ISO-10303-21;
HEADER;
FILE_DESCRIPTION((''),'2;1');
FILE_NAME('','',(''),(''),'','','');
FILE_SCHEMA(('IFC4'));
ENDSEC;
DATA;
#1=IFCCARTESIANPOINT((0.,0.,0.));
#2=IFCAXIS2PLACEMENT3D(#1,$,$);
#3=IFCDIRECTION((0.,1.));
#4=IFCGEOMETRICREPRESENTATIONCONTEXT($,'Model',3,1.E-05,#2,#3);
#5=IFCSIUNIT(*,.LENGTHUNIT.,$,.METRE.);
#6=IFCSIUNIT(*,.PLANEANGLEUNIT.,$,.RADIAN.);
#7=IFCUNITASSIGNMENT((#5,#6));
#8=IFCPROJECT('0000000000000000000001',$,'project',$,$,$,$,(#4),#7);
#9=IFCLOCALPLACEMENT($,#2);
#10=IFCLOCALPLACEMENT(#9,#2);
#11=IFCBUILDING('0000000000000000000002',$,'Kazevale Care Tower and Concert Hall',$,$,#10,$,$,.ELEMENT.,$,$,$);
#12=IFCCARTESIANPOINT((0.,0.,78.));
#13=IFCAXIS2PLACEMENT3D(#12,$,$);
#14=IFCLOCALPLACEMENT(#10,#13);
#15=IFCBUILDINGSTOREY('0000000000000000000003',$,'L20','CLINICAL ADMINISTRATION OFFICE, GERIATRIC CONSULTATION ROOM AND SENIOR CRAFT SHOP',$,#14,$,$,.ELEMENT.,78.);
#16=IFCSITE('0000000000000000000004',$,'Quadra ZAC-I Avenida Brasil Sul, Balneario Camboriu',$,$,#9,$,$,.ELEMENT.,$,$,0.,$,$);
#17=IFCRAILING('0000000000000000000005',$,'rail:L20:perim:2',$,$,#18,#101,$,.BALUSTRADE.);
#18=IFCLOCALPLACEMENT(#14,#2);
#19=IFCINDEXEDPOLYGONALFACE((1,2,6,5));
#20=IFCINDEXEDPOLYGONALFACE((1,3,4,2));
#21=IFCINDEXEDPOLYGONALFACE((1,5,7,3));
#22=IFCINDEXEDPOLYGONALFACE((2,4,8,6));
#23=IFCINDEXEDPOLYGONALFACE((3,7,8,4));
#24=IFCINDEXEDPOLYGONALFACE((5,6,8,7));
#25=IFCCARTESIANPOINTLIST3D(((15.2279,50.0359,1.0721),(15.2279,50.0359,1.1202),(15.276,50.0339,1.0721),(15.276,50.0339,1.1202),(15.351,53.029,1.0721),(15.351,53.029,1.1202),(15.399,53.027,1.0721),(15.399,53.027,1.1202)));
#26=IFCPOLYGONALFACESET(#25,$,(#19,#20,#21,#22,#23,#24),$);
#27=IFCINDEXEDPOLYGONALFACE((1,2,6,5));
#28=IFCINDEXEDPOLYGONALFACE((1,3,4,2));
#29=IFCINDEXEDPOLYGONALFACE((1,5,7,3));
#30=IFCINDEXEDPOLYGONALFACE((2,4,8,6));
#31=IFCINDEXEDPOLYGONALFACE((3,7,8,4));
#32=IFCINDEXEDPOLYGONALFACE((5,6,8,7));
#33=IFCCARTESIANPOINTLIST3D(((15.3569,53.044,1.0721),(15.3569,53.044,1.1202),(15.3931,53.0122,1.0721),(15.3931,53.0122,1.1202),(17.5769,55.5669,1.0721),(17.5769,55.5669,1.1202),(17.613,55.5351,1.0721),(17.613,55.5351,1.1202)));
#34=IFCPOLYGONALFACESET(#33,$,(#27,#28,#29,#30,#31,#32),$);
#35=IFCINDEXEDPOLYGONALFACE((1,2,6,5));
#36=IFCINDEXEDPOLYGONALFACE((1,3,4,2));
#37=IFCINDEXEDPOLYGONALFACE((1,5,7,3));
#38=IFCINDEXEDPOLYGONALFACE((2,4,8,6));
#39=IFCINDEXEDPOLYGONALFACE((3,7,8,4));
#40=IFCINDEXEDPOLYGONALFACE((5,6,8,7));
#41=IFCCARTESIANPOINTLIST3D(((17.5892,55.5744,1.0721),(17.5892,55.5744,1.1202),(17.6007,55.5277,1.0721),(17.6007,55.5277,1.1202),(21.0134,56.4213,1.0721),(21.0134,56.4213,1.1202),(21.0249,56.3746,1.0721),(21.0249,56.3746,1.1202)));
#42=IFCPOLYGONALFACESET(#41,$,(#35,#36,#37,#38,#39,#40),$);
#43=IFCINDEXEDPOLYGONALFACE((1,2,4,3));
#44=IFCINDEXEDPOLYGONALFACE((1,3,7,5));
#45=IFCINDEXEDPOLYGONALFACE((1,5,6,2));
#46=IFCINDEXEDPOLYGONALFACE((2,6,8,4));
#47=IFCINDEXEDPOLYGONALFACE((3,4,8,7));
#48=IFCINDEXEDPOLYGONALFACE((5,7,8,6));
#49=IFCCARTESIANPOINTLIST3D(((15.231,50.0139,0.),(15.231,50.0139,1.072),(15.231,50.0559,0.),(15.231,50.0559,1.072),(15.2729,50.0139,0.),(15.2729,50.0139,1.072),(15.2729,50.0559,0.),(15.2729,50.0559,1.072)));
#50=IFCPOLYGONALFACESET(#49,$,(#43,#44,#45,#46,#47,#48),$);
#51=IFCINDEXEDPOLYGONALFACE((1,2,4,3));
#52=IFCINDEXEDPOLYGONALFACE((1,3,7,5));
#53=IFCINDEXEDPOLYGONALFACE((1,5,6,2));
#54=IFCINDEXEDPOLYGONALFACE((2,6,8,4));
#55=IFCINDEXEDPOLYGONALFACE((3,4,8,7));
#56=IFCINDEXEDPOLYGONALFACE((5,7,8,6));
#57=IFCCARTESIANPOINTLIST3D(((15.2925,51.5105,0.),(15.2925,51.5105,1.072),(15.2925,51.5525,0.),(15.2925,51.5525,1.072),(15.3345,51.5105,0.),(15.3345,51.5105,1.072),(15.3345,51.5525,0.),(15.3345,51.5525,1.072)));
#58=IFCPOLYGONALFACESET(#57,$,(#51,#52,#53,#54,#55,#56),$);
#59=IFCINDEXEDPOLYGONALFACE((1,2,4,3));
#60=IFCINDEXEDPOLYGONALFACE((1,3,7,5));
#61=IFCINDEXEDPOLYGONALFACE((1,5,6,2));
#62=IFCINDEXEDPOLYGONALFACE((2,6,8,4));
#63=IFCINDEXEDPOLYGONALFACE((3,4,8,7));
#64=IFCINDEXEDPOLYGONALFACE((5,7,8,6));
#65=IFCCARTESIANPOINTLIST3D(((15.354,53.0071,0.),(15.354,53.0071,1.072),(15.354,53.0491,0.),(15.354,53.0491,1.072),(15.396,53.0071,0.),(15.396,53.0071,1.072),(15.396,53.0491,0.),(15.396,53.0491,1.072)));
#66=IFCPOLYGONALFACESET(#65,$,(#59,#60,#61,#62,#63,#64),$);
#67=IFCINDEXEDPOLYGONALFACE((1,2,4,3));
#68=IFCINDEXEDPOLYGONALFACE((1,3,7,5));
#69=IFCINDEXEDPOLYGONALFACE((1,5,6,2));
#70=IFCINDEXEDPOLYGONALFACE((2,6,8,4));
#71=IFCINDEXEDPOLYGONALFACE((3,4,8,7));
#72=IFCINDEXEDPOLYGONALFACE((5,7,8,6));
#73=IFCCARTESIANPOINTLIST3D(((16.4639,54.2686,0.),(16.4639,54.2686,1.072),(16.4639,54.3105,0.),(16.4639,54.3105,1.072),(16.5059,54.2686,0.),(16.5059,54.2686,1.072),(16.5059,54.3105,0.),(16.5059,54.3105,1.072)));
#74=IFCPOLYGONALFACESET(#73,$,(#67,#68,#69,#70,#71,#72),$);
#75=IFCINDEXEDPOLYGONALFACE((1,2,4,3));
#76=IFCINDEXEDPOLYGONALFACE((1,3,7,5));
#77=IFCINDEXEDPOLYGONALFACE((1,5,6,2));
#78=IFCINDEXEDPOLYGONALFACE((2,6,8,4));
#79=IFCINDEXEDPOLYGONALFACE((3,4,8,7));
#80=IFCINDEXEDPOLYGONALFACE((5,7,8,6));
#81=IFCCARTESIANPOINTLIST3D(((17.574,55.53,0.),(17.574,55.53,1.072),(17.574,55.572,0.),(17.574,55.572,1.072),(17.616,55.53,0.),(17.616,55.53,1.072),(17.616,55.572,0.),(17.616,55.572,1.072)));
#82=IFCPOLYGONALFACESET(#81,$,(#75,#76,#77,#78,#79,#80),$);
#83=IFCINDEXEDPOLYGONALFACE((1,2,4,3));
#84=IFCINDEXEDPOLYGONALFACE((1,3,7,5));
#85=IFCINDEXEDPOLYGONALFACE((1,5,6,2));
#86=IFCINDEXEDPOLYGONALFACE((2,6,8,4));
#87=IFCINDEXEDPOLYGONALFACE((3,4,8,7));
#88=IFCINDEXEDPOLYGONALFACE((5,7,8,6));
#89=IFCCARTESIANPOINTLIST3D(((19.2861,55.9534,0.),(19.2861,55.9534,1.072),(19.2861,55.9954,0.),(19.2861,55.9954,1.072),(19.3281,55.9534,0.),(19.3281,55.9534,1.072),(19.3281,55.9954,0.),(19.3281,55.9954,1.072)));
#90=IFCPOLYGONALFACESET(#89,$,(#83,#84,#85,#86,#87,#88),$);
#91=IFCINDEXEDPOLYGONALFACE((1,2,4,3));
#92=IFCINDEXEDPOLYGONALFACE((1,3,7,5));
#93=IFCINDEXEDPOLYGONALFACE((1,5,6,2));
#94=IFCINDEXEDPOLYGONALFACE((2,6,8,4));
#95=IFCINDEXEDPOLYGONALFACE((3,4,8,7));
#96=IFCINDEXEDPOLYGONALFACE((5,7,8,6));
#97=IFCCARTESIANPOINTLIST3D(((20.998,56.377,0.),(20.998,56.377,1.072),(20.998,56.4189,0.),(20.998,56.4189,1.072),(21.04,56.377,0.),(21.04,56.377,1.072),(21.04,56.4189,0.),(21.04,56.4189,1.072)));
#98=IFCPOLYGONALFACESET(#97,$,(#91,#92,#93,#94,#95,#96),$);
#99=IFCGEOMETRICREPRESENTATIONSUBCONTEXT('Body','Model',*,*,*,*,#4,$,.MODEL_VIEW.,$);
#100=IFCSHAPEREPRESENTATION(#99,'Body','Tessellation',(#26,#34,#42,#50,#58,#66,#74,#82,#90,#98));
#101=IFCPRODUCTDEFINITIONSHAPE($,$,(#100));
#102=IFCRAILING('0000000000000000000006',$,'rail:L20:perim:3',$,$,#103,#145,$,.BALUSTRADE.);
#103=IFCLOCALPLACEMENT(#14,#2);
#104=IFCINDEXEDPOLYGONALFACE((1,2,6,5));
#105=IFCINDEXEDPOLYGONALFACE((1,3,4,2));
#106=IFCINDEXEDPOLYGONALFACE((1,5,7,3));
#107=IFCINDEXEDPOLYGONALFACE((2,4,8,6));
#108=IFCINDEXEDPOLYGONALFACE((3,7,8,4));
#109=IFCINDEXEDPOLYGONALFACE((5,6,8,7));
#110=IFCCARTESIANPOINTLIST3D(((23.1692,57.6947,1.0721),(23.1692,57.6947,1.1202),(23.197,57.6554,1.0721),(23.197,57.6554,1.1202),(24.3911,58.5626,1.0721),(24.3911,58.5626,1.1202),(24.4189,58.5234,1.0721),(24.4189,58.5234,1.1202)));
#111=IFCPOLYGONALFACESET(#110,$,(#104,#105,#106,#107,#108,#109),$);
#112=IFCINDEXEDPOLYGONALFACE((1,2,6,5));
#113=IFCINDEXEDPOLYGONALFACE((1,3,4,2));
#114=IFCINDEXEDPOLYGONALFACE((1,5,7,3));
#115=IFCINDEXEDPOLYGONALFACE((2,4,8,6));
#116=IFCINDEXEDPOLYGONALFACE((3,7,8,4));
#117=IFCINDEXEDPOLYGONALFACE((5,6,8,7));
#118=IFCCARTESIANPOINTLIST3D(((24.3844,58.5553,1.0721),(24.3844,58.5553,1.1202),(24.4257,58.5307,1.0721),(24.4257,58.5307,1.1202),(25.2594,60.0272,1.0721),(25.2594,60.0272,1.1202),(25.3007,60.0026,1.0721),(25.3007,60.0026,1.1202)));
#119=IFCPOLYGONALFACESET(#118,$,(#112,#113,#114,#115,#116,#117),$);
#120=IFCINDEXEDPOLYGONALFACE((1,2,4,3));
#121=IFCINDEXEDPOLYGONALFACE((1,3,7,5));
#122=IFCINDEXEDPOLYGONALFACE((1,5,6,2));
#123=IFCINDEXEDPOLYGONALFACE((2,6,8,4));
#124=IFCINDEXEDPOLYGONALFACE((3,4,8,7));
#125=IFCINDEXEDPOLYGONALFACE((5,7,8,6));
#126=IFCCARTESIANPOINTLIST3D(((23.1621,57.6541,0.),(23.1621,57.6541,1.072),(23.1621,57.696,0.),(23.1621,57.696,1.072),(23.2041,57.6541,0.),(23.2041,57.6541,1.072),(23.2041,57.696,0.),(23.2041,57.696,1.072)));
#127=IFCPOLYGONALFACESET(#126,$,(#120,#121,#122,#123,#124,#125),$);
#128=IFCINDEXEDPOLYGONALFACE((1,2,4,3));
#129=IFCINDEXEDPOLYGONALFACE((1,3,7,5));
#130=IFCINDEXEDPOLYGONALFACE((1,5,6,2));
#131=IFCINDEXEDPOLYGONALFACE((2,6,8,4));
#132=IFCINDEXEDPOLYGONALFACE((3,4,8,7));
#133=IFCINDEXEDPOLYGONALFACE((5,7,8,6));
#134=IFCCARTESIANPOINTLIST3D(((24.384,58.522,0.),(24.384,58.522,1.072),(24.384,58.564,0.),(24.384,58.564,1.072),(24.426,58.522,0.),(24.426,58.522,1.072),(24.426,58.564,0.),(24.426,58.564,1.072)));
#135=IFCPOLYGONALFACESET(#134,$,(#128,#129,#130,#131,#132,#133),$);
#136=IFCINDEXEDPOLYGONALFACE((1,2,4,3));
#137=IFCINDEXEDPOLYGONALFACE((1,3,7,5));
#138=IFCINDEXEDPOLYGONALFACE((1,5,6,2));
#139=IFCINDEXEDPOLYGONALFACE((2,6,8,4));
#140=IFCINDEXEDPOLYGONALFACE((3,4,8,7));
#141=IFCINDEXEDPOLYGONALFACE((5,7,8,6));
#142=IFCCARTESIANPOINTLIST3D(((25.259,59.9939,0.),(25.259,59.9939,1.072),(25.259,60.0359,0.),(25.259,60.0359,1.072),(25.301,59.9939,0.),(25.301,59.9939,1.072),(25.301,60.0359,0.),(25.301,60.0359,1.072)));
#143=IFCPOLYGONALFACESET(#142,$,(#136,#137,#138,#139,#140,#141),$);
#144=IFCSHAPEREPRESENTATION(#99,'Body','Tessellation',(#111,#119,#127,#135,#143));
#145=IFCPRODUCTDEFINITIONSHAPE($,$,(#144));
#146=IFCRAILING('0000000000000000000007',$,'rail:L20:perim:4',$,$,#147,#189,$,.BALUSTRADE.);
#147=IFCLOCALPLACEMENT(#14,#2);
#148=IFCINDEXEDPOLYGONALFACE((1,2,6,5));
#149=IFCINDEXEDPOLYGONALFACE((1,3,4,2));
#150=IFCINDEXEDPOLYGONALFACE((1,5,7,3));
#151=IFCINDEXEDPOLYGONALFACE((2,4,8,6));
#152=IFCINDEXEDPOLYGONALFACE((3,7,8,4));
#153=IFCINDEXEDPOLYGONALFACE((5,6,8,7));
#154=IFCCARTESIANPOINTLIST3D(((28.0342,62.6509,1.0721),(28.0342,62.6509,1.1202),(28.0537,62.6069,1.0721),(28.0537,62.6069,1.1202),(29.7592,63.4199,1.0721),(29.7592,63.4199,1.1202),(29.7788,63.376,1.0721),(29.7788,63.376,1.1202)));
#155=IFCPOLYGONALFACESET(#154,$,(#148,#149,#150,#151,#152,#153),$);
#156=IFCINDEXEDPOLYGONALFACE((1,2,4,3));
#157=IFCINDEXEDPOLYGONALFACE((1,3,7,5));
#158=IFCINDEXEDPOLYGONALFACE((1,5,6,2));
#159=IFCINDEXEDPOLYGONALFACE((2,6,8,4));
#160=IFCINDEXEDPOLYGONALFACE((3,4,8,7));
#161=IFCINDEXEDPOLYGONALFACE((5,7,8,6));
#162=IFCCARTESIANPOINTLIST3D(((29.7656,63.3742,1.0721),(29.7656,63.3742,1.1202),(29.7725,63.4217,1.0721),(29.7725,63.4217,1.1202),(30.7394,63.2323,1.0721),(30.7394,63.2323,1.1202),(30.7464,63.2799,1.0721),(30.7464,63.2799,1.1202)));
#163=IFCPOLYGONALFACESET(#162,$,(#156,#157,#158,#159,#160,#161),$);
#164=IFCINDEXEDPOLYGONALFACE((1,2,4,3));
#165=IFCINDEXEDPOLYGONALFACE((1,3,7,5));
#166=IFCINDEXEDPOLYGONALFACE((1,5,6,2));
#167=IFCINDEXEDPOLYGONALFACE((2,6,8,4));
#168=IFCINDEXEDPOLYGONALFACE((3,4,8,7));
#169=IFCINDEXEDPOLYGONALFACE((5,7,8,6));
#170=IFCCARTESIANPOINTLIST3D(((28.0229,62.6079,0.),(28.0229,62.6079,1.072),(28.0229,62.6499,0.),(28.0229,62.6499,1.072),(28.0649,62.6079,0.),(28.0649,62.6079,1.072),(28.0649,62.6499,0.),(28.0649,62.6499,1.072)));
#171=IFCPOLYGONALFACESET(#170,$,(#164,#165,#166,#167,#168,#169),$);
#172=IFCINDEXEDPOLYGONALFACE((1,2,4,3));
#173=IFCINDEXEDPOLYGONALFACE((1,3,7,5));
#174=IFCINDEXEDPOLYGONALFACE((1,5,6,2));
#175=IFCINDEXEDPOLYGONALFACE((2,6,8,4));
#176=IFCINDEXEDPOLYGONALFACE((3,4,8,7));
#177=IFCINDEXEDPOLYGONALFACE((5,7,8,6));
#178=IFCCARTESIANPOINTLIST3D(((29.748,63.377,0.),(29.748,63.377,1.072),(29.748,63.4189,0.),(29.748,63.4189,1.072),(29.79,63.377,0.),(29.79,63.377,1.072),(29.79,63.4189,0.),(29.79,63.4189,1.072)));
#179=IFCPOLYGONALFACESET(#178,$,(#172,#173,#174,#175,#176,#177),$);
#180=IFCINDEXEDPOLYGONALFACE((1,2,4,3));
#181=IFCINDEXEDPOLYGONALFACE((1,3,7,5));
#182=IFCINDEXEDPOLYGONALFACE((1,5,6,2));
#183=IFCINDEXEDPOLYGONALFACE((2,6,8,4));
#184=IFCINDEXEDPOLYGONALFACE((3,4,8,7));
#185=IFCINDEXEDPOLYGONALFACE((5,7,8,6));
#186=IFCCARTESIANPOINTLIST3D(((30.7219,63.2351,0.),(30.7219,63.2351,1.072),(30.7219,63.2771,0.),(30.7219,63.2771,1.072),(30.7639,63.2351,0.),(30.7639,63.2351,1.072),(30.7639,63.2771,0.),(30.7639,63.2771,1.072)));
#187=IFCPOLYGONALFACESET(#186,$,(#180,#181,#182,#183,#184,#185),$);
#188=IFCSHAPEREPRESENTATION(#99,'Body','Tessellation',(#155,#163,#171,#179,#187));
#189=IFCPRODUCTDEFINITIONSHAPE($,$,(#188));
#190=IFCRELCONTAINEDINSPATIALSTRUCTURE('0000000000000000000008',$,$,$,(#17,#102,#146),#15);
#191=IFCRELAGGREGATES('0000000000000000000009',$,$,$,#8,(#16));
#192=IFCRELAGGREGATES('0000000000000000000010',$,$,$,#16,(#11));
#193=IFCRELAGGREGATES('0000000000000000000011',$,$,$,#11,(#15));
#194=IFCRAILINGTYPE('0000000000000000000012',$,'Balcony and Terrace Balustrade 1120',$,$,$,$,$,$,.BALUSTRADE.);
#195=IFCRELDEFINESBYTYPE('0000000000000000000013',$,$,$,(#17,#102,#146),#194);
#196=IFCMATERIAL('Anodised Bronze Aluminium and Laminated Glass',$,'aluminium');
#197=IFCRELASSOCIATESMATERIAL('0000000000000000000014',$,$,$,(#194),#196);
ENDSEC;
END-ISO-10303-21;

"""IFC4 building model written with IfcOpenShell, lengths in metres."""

from ifc_helpers import new_model, si_unit, direction, frame, origin, origin_2d, place, context, subcontext, project, spatial, rectangle, extrude, material, type_object, element, save


model = new_model("IFC4")

# Units and contexts
model_context = context("Model", 3, precision=1e-05, world=origin(), true_north=direction((0.0, 1.0)))
body_context = subcontext(model_context, "Body", "Model", "MODEL_VIEW")
ifc_project = project(units=[si_unit("LENGTHUNIT", "METRE"), si_unit("PLANEANGLEUNIT", "RADIAN")], contexts=[model_context])

# Site, building, storey
site_placement = place(None, origin())
site = spatial("IfcSite", under=ifc_project, at=site_placement, Name="Quadra ZAC-I Avenida Brasil Sul, Balneario Camboriu", CompositionType="ELEMENT", RefElevation=0.0)
building_placement = place(site_placement, origin())
building = spatial("IfcBuilding", under=site, at=building_placement, Name="Kazevale Care Tower and Concert Hall", CompositionType="ELEMENT")
storey_placement = place(building_placement, frame((0.0, 0.0, 78.0)))
storey = spatial("IfcBuildingStorey", under=building, at=storey_placement, Name="L20", Description="CLINICAL ADMINISTRATION OFFICE, GERIATRIC CONSULTATION ROOM AND SENIOR CRAFT SHOP", CompositionType="ELEMENT", Elevation=78.0)

# Railings
ifc_material_1 = material(Name="Anodised Bronze Aluminium and Laminated Glass", Category="aluminium")
railing_type = type_object("IfcRailingType", Name="Balcony and Terrace Balustrade 1120", PredefinedType="BALUSTRADE", material=ifc_material_1)
railing_1_placement = place(storey_placement, frame((15.252, 50.0349, 0.0)))
element("IfcRailing", 1, at=railing_1_placement, inside=storey, type_object=railing_type, Name="rail:L20:perim:2", PredefinedType="BALUSTRADE", context=body_context, shape_type="SweptSolid", body=[
    extrude(rectangle(XDim=0.0481, YDim=0.0481, at=origin_2d()), frame((0.0, 0.0, 1.0962), z_axis=(0.041075, 0.999156, 0.0), x_axis=(-0.999156, 0.041075, 0.0)), (0.0, 0.0, 1.0), 2.9956),
    extrude(rectangle(XDim=0.0481, YDim=0.0481, at=origin_2d()), frame((0.123, 2.9932, 1.0962), z_axis=(0.66059, 0.750747, 0.0), x_axis=(-0.750747, 0.66059, 0.0)), (0.0, 0.0, 1.0), 3.3606),
    extrude(rectangle(XDim=0.0481, YDim=0.0481, at=origin_2d()), frame((2.343, 5.5161, 1.0962), z_axis=(0.970746, 0.240108, 0.0), x_axis=(-0.240108, 0.970746, 0.0)), (0.0, 0.0, 1.0), 3.5273),
    extrude(rectangle(XDim=0.042, YDim=0.042, at=origin_2d()), origin(), (0.0, 0.0, 1.0), 1.072),
    extrude(rectangle(XDim=0.042, YDim=0.042, at=origin_2d()), frame((0.0615, 1.4966, 0.0)), (0.0, 0.0, 1.0), 1.072),
    extrude(rectangle(XDim=0.042, YDim=0.042, at=origin_2d()), frame((0.123, 2.9932, 0.0)), (0.0, 0.0, 1.0), 1.072),
    extrude(rectangle(XDim=0.042, YDim=0.042, at=origin_2d()), frame((1.2329, 4.2546, 0.0)), (0.0, 0.0, 1.0), 1.072),
    extrude(rectangle(XDim=0.042, YDim=0.042, at=origin_2d()), frame((2.343, 5.5161, 0.0)), (0.0, 0.0, 1.0), 1.072),
    extrude(rectangle(XDim=0.042, YDim=0.042, at=origin_2d()), frame((4.0552, 5.9395, 0.0)), (0.0, 0.0, 1.0), 1.072),
    extrude(rectangle(XDim=0.042, YDim=0.042, at=origin_2d()), frame((5.7671, 6.363, 0.0)), (0.0, 0.0, 1.0), 1.072),
])
railing_2_placement = place(storey_placement, frame((23.1831, 57.675, 0.0)))
element("IfcRailing", 2, at=railing_2_placement, inside=storey, type_object=railing_type, Name="rail:L20:perim:3", PredefinedType="BALUSTRADE", context=body_context, shape_type="SweptSolid", body=[
    extrude(rectangle(XDim=0.0481, YDim=0.0481, at=origin_2d()), frame((0.0, 0.0, 1.0962), z_axis=(0.815271, 0.579079, 0.0), x_axis=(-0.579079, 0.815271, 0.0)), (0.0, 0.0, 1.0), 1.4988),
    extrude(rectangle(XDim=0.0481, YDim=0.0481, at=origin_2d()), frame((1.2219, 0.8679, 1.0962), z_axis=(0.51099, 0.859587, 0.0), x_axis=(-0.859587, 0.51099, 0.0)), (0.0, 0.0, 1.0), 1.7124),
    extrude(rectangle(XDim=0.042, YDim=0.042, at=origin_2d()), origin(), (0.0, 0.0, 1.0), 1.072),
    extrude(rectangle(XDim=0.042, YDim=0.042, at=origin_2d()), frame((1.2219, 0.8679, 0.0)), (0.0, 0.0, 1.0), 1.072),
    extrude(rectangle(XDim=0.042, YDim=0.042, at=origin_2d()), frame((2.0969, 2.3398, 0.0)), (0.0, 0.0, 1.0), 1.072),
])
railing_3_placement = place(storey_placement, frame((28.0439, 62.6289, 0.0)))
element("IfcRailing", 3, at=railing_3_placement, inside=storey, type_object=railing_type, Name="rail:L20:perim:4", PredefinedType="BALUSTRADE", context=body_context, shape_type="SweptSolid", body=[
    extrude(rectangle(XDim=0.0481, YDim=0.0481, at=origin_2d()), frame((0.0, 0.0, 1.0962), z_axis=(0.913353, 0.40717, 0.0), x_axis=(-0.40717, 0.913353, 0.0)), (0.0, 0.0, 1.0), 1.8887),
    extrude(rectangle(XDim=0.0481, YDim=0.0481, at=origin_2d()), frame((1.7251, 0.769, 1.0962), z_axis=(0.989559, -0.14413, 0.0), x_axis=(0.14413, 0.989559, 0.0)), (0.0, 0.0, 1.0), 0.9841),
    extrude(rectangle(XDim=0.042, YDim=0.042, at=origin_2d()), origin(), (0.0, 0.0, 1.0), 1.072),
    extrude(rectangle(XDim=0.042, YDim=0.042, at=origin_2d()), frame((1.7251, 0.769, 0.0)), (0.0, 0.0, 1.0), 1.072),
    extrude(rectangle(XDim=0.042, YDim=0.042, at=origin_2d()), frame((2.699, 0.6272, 0.0)), (0.0, 0.0, 1.0), 1.072),
])

save(model, "model.ifc")
